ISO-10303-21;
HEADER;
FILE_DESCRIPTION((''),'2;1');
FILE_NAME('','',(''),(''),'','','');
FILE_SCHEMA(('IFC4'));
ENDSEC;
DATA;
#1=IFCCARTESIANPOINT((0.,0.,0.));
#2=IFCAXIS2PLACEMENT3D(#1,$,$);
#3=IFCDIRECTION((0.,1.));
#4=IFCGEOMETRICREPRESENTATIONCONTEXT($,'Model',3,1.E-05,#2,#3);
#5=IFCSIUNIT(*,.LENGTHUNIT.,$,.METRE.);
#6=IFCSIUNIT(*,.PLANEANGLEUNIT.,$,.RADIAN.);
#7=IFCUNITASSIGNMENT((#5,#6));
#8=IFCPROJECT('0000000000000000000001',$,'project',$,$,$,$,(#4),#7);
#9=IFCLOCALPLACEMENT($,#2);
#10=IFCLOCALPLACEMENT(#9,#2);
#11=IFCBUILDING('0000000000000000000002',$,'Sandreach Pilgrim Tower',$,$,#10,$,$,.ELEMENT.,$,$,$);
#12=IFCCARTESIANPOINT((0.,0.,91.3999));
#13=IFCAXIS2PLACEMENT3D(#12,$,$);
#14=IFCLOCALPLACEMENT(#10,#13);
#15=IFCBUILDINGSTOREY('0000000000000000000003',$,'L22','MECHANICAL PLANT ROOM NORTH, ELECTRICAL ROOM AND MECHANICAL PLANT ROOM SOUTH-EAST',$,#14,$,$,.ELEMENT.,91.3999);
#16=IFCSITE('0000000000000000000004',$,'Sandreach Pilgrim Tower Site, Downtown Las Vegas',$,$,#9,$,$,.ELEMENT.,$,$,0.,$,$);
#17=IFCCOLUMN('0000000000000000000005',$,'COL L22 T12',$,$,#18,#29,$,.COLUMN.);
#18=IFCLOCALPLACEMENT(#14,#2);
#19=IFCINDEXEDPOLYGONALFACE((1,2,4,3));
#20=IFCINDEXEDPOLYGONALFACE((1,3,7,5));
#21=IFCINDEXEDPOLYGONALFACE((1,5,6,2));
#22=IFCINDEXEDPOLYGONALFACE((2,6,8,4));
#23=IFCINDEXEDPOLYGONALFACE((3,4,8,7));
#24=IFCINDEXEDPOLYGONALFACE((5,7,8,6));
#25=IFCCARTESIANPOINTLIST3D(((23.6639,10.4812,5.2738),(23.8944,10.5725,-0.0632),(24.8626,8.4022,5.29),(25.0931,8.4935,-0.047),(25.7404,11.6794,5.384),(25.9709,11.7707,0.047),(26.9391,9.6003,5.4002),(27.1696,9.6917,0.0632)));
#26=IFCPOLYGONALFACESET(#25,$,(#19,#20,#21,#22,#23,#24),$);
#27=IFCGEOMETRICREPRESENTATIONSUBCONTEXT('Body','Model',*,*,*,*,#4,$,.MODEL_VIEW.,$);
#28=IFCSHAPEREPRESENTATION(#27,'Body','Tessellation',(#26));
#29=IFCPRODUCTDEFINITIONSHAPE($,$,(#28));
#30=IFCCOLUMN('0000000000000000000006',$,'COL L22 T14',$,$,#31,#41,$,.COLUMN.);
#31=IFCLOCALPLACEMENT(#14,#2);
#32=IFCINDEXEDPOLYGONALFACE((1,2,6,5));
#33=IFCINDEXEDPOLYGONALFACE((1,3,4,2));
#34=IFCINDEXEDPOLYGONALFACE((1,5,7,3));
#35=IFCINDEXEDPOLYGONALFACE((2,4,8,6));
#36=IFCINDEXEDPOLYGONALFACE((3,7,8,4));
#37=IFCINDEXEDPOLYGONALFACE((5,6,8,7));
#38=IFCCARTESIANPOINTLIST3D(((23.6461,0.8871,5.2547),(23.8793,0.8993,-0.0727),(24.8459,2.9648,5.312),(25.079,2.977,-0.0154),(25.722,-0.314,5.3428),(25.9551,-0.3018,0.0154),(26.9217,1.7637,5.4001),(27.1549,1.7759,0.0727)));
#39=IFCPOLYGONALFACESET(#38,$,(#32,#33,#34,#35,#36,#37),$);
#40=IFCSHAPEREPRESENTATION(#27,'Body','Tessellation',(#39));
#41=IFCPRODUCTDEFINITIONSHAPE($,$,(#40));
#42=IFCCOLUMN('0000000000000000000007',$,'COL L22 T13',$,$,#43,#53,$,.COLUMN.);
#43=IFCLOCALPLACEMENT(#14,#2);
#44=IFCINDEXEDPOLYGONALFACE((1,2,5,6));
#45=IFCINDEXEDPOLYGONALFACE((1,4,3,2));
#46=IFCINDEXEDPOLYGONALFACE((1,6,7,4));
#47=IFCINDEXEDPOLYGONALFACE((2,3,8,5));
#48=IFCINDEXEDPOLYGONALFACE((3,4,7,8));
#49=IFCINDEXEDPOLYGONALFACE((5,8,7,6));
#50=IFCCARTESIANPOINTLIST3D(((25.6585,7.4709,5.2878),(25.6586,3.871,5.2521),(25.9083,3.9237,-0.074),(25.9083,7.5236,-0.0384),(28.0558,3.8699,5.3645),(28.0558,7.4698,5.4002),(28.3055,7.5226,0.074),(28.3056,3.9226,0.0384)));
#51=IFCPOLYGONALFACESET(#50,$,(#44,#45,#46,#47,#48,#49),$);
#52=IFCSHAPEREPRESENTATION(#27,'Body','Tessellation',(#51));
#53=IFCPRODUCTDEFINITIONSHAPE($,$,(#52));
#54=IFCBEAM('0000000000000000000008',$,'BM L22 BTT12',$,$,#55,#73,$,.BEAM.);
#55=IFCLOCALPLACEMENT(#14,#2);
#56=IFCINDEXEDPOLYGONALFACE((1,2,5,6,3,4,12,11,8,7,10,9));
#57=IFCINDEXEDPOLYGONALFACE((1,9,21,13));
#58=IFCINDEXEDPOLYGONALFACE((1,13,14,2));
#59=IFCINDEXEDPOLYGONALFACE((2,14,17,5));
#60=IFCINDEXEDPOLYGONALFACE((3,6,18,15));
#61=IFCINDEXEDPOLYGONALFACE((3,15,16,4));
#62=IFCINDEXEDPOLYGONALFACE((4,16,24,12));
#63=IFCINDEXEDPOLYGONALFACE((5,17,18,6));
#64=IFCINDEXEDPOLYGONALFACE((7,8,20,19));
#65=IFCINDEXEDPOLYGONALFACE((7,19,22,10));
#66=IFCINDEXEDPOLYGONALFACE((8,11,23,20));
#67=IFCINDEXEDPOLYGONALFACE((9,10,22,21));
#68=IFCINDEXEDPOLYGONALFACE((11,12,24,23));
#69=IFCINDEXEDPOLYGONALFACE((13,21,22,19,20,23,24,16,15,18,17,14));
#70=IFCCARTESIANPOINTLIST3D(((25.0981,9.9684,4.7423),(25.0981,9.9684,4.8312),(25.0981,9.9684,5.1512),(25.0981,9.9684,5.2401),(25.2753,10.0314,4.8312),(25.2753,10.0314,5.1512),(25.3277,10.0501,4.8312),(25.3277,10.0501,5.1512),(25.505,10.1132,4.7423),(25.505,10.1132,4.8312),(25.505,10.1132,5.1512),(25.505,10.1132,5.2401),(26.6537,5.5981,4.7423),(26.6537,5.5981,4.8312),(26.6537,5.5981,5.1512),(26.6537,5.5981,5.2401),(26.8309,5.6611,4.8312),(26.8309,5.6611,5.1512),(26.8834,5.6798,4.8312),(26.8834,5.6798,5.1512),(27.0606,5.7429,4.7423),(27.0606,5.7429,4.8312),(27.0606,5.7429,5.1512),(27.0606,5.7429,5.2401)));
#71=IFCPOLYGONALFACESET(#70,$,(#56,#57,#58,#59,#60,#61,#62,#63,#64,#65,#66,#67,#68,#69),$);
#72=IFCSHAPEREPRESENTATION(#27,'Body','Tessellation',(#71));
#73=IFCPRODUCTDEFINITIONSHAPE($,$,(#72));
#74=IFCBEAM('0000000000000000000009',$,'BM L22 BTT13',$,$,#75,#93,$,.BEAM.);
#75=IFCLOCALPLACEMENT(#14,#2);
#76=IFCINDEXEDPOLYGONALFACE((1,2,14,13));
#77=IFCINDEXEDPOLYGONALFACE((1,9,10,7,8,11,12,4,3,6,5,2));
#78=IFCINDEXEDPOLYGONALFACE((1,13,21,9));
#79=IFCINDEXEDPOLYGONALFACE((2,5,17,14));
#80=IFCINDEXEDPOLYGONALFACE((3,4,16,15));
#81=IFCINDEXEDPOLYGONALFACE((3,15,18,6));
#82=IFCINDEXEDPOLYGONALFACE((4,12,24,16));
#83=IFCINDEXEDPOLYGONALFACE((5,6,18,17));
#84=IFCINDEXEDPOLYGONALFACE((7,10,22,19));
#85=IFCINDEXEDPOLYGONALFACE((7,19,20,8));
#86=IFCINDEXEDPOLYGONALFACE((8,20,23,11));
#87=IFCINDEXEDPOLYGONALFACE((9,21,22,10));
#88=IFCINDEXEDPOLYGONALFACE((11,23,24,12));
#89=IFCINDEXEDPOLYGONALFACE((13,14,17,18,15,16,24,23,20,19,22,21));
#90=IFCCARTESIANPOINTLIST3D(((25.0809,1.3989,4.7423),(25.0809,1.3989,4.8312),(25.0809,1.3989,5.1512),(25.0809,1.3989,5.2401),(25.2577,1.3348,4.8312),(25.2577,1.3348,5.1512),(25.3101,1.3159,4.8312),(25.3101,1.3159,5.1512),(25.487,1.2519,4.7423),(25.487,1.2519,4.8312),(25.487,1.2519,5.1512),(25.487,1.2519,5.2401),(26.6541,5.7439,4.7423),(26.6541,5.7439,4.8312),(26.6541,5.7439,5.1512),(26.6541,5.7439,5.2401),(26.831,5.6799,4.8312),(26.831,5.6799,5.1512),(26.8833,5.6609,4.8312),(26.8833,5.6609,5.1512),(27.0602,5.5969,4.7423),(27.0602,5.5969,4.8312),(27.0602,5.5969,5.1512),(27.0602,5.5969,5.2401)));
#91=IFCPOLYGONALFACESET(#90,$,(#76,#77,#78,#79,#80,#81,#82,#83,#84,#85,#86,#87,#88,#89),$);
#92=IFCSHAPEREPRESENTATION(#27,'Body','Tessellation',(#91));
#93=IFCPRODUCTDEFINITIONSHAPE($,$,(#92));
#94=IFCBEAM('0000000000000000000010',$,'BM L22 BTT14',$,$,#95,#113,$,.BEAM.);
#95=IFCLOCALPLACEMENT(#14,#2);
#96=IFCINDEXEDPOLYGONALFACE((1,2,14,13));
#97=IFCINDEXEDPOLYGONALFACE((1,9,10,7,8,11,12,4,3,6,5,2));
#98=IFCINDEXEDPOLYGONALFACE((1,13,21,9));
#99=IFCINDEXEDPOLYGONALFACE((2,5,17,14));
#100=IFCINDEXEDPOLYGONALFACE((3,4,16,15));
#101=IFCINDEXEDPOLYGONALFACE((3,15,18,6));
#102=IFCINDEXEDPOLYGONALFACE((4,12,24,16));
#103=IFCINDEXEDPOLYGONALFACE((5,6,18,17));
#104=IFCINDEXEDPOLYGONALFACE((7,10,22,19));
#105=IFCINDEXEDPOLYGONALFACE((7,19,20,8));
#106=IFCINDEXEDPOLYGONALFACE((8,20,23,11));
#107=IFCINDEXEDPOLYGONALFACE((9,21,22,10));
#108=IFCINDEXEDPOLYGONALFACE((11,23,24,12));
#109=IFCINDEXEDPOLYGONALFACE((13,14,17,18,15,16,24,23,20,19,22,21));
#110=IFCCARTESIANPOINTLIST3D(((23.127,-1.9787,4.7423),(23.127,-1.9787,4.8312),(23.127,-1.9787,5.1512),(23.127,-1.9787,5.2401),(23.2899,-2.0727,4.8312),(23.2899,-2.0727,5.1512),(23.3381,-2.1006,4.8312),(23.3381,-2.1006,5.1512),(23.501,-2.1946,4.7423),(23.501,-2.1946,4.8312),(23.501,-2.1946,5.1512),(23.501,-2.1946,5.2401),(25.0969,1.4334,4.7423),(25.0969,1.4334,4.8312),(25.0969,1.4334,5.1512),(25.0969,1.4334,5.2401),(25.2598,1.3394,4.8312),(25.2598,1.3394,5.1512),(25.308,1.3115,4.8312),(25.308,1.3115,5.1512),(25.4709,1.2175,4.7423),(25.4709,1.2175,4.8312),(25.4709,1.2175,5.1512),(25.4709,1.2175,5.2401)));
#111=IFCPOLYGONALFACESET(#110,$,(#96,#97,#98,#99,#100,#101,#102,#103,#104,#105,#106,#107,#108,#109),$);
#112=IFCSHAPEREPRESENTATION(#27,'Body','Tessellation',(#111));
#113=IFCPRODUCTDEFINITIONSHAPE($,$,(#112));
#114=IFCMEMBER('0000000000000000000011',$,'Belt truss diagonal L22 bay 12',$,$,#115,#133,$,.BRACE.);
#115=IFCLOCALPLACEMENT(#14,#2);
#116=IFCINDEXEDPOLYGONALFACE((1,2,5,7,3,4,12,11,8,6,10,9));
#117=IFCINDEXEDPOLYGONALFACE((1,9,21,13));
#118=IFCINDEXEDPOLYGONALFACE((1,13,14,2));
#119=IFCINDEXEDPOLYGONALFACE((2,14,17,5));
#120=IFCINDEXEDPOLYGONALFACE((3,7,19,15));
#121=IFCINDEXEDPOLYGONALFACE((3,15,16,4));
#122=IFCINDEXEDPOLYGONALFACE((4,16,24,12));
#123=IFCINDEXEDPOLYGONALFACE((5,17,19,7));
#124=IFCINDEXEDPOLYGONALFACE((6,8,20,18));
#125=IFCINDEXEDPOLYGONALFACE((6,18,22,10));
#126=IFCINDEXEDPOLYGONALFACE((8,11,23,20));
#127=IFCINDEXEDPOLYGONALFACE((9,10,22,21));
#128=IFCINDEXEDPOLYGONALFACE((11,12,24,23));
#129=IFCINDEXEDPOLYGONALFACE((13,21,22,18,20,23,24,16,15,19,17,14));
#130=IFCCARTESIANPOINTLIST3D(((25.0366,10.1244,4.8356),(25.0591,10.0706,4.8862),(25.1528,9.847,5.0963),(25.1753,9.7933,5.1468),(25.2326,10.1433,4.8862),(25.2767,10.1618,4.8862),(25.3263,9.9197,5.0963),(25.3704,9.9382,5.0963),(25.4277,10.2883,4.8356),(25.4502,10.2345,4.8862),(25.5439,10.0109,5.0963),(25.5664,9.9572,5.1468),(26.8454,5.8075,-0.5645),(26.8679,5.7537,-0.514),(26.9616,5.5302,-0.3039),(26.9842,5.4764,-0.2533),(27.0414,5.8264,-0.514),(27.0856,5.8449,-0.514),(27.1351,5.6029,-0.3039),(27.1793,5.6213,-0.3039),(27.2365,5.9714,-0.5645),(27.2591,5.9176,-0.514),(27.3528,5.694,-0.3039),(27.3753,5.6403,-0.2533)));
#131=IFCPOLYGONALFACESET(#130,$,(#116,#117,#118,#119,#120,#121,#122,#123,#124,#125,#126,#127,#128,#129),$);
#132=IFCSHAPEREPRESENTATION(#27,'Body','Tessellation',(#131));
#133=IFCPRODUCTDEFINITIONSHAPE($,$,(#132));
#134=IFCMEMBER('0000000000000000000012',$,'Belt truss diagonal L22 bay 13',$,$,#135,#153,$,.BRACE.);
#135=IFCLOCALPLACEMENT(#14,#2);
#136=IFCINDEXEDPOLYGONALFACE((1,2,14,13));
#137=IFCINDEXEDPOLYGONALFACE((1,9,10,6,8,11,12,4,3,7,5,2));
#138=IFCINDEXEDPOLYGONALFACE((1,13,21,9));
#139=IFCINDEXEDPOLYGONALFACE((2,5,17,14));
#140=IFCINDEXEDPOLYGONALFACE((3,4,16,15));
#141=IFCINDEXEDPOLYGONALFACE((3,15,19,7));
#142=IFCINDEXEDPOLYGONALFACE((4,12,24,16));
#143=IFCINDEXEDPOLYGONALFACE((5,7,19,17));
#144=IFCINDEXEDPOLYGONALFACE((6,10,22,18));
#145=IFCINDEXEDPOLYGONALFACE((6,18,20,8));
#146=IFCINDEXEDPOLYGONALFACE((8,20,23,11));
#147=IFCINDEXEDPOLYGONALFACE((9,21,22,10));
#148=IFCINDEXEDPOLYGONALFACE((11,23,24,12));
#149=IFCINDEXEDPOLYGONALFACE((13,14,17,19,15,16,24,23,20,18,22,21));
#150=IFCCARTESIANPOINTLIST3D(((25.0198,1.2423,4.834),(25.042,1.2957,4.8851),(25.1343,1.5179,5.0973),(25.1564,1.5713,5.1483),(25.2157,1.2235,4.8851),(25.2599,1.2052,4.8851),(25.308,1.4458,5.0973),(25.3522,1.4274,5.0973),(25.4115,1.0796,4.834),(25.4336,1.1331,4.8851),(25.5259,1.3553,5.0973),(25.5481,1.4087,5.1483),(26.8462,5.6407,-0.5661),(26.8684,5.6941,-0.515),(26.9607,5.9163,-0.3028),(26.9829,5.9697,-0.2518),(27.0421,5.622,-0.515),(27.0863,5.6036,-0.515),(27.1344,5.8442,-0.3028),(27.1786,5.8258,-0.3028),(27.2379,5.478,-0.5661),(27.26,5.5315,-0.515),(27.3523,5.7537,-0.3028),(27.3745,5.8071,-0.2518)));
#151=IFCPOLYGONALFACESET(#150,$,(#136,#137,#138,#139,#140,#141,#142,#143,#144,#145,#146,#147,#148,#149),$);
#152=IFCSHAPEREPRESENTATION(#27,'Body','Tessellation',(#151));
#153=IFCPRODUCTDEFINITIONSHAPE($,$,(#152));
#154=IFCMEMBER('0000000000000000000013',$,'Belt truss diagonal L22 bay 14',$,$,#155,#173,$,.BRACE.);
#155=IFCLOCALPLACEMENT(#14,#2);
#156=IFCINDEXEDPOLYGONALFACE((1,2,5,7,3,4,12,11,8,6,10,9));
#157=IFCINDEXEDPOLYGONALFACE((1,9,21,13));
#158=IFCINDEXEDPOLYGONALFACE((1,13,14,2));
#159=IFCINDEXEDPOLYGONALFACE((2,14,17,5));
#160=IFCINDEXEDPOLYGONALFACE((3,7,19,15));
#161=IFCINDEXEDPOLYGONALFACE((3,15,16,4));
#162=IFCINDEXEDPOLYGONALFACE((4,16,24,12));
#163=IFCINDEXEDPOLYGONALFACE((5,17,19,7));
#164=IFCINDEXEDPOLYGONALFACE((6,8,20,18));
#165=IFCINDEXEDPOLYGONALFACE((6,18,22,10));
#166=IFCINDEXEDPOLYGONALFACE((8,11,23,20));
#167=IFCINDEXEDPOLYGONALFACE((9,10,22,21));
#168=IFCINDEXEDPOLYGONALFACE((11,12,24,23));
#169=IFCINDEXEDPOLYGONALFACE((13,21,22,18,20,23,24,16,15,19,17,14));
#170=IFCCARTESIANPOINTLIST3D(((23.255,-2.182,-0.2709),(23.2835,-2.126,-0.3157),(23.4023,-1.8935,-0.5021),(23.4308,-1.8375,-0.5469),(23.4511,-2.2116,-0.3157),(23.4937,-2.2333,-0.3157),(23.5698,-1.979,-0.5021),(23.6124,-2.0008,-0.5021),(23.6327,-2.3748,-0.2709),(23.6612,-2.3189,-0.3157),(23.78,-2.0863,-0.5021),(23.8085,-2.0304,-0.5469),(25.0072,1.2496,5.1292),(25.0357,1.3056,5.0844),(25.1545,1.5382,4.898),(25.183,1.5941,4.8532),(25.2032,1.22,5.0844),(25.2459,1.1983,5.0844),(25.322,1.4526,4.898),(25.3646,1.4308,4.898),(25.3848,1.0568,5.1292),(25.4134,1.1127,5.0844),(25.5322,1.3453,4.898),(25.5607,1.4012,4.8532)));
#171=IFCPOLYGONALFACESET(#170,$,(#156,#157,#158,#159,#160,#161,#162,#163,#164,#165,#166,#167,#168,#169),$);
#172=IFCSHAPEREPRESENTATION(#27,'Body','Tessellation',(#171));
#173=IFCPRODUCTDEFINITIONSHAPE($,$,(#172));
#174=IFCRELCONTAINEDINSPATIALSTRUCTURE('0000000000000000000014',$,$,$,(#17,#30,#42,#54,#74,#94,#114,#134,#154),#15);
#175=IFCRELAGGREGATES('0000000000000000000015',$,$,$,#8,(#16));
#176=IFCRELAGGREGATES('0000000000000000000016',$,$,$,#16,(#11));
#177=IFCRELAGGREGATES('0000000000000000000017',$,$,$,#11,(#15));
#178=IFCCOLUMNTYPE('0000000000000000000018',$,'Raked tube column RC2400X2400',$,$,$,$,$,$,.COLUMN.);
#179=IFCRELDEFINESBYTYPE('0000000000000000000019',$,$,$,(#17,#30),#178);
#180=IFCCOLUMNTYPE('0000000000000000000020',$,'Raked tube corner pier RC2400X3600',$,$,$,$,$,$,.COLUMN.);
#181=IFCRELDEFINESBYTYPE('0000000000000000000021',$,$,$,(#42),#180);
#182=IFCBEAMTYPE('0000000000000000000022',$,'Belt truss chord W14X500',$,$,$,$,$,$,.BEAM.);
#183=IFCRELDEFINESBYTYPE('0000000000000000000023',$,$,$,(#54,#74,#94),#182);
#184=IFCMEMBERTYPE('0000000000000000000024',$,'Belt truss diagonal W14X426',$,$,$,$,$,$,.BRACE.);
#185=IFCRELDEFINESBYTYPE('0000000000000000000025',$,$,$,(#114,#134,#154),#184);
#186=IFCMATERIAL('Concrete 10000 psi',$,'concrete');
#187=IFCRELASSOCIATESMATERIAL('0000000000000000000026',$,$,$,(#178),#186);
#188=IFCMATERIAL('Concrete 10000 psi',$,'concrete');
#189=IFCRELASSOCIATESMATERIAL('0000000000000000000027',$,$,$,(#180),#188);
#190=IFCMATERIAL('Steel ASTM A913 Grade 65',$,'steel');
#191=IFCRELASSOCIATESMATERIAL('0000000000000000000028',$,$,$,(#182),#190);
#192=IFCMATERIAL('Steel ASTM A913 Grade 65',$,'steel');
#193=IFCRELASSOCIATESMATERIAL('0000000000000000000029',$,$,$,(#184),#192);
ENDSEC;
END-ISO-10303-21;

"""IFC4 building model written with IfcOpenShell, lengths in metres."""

from ifc_helpers import new_model, si_unit, direction, frame, origin, origin_2d, place, context, subcontext, project, spatial, rectangle, i_section, extrude, material, material_profile, profile_set, type_object, element, save


model = new_model("IFC4")

# Units and contexts
model_context = context("Model", 3, precision=1e-05, world=origin(), true_north=direction((0.0, 1.0)))
body_context = subcontext(model_context, "Body", "Model", "MODEL_VIEW")
ifc_project = project(units=[si_unit("LENGTHUNIT", "METRE"), si_unit("PLANEANGLEUNIT", "RADIAN")], contexts=[model_context])

# Site, building, storey
site_placement = place(None, origin())
site = spatial("IfcSite", under=ifc_project, at=site_placement, Name="Sandreach Pilgrim Tower Site, Downtown Las Vegas", CompositionType="ELEMENT", RefElevation=0.0)
building_placement = place(site_placement, origin())
building = spatial("IfcBuilding", under=site, at=building_placement, Name="Sandreach Pilgrim Tower", CompositionType="ELEMENT")
storey_placement = place(building_placement, frame((0.0, 0.0, 91.3999)))
storey = spatial("IfcBuildingStorey", under=building, at=storey_placement, Name="L22", Description="MECHANICAL PLANT ROOM NORTH, ELECTRICAL ROOM AND MECHANICAL PLANT ROOM SOUTH-EAST", CompositionType="ELEMENT", Elevation=91.3999)

# Columns
ifc_material_1 = material(Name="Concrete 10000 psi", Category="concrete")
ifc_material_profile_1 = material_profile(ifc_material_1, rectangle(XDim=2.3999, YDim=2.3999, at=origin_2d()), Name="RC2400X2400")
ifc_profile_set_1 = profile_set([ifc_material_profile_1], Name="Concrete 10000 psi")
column_type_1 = type_object("IfcColumnType", Name="Raked tube column RC2400X2400", PredefinedType="COLUMN", material=ifc_profile_set_1)
column_1_placement = place(storey_placement, frame((25.532, 10.1321, 0.0), z_axis=(-0.043137, -0.01709, 0.998923), x_axis=(0.865241, 0.49925, 0.045906)))
element("IfcColumn", 1, at=column_1_placement, inside=storey, type_object=column_type_1, Name="COL L22 T12", PredefinedType="COLUMN", context=body_context, shape_type="SweptSolid", body=[
    extrude(rectangle(XDim=2.3999, YDim=2.3999, at=origin_2d()), origin(), (0.0, 0.0, 1.0), 5.3428),
])
column_2_placement = place(storey_placement, frame((25.5171, 1.3376, 0.0), z_axis=(-0.043723, -0.002289, 0.999041), x_axis=(0.86497, -0.500479, 0.036709)))
element("IfcColumn", 2, at=column_2_placement, inside=storey, type_object=column_type_1, Name="COL L22 T14", PredefinedType="COLUMN", context=body_context, shape_type="SweptSolid", body=[
    extrude(rectangle(XDim=2.3999, YDim=2.3999, at=origin_2d()), origin(), (0.0, 0.0, 1.0), 5.3325),
])
ifc_material_2 = material(Name="Concrete 10000 psi", Category="concrete")
ifc_material_profile_2 = material_profile(ifc_material_2, rectangle(XDim=2.3999, YDim=3.6001, at=origin_2d()), Name="RC2400X3600")
ifc_profile_set_2 = profile_set([ifc_material_profile_2], Name="Concrete 10000 psi")
column_type_2 = type_object("IfcColumnType", Name="Raked tube corner pier RC2400X3600", PredefinedType="COLUMN", material=ifc_profile_set_2)
column_3_placement = place(storey_placement, frame((27.1069, 5.7231, 0.0), z_axis=(-0.046838, -0.00989, 0.998854), x_axis=(0.998902, -0.000453, 0.046836)))
element("IfcColumn", 3, at=column_3_placement, inside=storey, type_object=column_type_2, Name="COL L22 T13", PredefinedType="COLUMN", context=body_context, shape_type="SweptSolid", body=[
    extrude(rectangle(XDim=2.3999, YDim=3.6001, at=origin_2d()), origin(), (0.0, 0.0, 1.0), 5.3323),
])

# Beams
ifc_material_3 = material(Name="Steel ASTM A913 Grade 65", Category="steel")
ifc_material_profile_3 = material_profile(ifc_material_3, i_section(OverallWidth=0.4319, OverallDepth=0.4978, WebThickness=0.0557, FlangeThickness=0.0889, at=origin_2d()), Name="W14X500")
ifc_profile_set_3 = profile_set([ifc_material_profile_3], Name="Steel ASTM A913 Grade 65")
beam_type_1 = type_object("IfcBeamType", Name="Belt truss chord W14X500", PredefinedType="BEAM", material=ifc_profile_set_3)
beam_1_placement = place(storey_placement, frame((25.3015, 10.0408, 4.9912), z_axis=(0.335346, -0.942095, 0.0), x_axis=(0.942095, 0.335346, 0.0)))
element("IfcBeam", 4, at=beam_1_placement, inside=storey, type_object=beam_type_1, Name="BM L22 BTT12", PredefinedType="BEAM", context=body_context, shape_type="SweptSolid", body=[
    extrude(i_section(OverallWidth=0.4319, OverallDepth=0.4978, WebThickness=0.0557, FlangeThickness=0.0889, at=origin_2d()), origin(), (0.0, 0.0, 1.0), 4.6389),
])
beam_2_placement = place(storey_placement, frame((26.8572, 5.6704, 4.9912), z_axis=(-0.340453, -0.940261, 0.0), x_axis=(0.940261, -0.340453, 0.0)))
element("IfcBeam", 5, at=beam_2_placement, inside=storey, type_object=beam_type_1, Name="BM L22 BTT13", PredefinedType="BEAM", context=body_context, shape_type="SweptSolid", body=[
    extrude(i_section(OverallWidth=0.4319, OverallDepth=0.4978, WebThickness=0.0557, FlangeThickness=0.0889, at=origin_2d()), origin(), (0.0, 0.0, 1.0), 4.6211),
])
beam_3_placement = place(storey_placement, frame((25.2839, 1.3254, 4.9912), z_axis=(-0.499998, -0.866027, 0.0), x_axis=(0.866027, -0.499998, 0.0)))
element("IfcBeam", 6, at=beam_3_placement, inside=storey, type_object=beam_type_1, Name="BM L22 BTT14", PredefinedType="BEAM", context=body_context, shape_type="SweptSolid", body=[
    extrude(i_section(OverallWidth=0.4319, OverallDepth=0.4978, WebThickness=0.0557, FlangeThickness=0.0889, at=origin_2d()), origin(), (0.0, 0.0, 1.0), 3.9399),
])

# Members
ifc_material_4 = material(Name="Steel ASTM A913 Grade 65", Category="steel")
ifc_material_profile_4 = material_profile(ifc_material_4, i_section(OverallWidth=0.4241, OverallDepth=0.4751, WebThickness=0.0479, FlangeThickness=0.0771, at=origin_2d()), Name="W14X426")
ifc_profile_set_4 = profile_set([ifc_material_profile_4], Name="Steel ASTM A913 Grade 65")
member_type_1 = type_object("IfcMemberType", Name="Belt truss diagonal W14X426", PredefinedType="BRACE", material=ifc_profile_set_4)
member_1_placement = place(storey_placement, frame((25.3015, 10.0408, 4.9912), z_axis=(0.253117, -0.604077, -0.75566), x_axis=(0.922307, 0.386459, 0.0)))
element("IfcMember", 7, at=member_1_placement, inside=storey, type_object=member_type_1, Name="Belt truss diagonal L22 bay 12", PredefinedType="BRACE", context=body_context, shape_type="SweptSolid", body=[
    extrude(i_section(OverallWidth=0.4241, OverallDepth=0.4751, WebThickness=0.0479, FlangeThickness=0.0771, at=origin_2d()), origin(), (0.0, 0.0, 1.0), 7.1462),
])
member_2_placement = place(storey_placement, frame((27.1104, 5.7239, -0.4089), z_axis=(-0.25366, -0.610873, 0.749994), x_axis=(0.923543, -0.383494, 0.0)))
element("IfcMember", 8, at=member_2_placement, inside=storey, type_object=member_type_1, Name="Belt truss diagonal L22 bay 13", PredefinedType="BRACE", context=body_context, shape_type="SweptSolid", body=[
    extrude(i_section(OverallWidth=0.4241, OverallDepth=0.4751, WebThickness=0.0479, FlangeThickness=0.0771, at=origin_2d()), origin(), (0.0, 0.0, 1.0), 7.2002),
])
member_3_placement = place(storey_placement, frame((25.2839, 1.3254, 4.9912), z_axis=(-0.26413, -0.517293, -0.814029), x_axis=(0.890619, -0.45475, 0.0)))
element("IfcMember", 9, at=member_3_placement, inside=storey, type_object=member_type_1, Name="Belt truss diagonal L22 bay 14", PredefinedType="BRACE", context=body_context, shape_type="SweptSolid", body=[
    extrude(i_section(OverallWidth=0.4241, OverallDepth=0.4751, WebThickness=0.0479, FlangeThickness=0.0771, at=origin_2d()), origin(), (0.0, 0.0, 1.0), 6.6338),
])

save(model, "model.ifc")
